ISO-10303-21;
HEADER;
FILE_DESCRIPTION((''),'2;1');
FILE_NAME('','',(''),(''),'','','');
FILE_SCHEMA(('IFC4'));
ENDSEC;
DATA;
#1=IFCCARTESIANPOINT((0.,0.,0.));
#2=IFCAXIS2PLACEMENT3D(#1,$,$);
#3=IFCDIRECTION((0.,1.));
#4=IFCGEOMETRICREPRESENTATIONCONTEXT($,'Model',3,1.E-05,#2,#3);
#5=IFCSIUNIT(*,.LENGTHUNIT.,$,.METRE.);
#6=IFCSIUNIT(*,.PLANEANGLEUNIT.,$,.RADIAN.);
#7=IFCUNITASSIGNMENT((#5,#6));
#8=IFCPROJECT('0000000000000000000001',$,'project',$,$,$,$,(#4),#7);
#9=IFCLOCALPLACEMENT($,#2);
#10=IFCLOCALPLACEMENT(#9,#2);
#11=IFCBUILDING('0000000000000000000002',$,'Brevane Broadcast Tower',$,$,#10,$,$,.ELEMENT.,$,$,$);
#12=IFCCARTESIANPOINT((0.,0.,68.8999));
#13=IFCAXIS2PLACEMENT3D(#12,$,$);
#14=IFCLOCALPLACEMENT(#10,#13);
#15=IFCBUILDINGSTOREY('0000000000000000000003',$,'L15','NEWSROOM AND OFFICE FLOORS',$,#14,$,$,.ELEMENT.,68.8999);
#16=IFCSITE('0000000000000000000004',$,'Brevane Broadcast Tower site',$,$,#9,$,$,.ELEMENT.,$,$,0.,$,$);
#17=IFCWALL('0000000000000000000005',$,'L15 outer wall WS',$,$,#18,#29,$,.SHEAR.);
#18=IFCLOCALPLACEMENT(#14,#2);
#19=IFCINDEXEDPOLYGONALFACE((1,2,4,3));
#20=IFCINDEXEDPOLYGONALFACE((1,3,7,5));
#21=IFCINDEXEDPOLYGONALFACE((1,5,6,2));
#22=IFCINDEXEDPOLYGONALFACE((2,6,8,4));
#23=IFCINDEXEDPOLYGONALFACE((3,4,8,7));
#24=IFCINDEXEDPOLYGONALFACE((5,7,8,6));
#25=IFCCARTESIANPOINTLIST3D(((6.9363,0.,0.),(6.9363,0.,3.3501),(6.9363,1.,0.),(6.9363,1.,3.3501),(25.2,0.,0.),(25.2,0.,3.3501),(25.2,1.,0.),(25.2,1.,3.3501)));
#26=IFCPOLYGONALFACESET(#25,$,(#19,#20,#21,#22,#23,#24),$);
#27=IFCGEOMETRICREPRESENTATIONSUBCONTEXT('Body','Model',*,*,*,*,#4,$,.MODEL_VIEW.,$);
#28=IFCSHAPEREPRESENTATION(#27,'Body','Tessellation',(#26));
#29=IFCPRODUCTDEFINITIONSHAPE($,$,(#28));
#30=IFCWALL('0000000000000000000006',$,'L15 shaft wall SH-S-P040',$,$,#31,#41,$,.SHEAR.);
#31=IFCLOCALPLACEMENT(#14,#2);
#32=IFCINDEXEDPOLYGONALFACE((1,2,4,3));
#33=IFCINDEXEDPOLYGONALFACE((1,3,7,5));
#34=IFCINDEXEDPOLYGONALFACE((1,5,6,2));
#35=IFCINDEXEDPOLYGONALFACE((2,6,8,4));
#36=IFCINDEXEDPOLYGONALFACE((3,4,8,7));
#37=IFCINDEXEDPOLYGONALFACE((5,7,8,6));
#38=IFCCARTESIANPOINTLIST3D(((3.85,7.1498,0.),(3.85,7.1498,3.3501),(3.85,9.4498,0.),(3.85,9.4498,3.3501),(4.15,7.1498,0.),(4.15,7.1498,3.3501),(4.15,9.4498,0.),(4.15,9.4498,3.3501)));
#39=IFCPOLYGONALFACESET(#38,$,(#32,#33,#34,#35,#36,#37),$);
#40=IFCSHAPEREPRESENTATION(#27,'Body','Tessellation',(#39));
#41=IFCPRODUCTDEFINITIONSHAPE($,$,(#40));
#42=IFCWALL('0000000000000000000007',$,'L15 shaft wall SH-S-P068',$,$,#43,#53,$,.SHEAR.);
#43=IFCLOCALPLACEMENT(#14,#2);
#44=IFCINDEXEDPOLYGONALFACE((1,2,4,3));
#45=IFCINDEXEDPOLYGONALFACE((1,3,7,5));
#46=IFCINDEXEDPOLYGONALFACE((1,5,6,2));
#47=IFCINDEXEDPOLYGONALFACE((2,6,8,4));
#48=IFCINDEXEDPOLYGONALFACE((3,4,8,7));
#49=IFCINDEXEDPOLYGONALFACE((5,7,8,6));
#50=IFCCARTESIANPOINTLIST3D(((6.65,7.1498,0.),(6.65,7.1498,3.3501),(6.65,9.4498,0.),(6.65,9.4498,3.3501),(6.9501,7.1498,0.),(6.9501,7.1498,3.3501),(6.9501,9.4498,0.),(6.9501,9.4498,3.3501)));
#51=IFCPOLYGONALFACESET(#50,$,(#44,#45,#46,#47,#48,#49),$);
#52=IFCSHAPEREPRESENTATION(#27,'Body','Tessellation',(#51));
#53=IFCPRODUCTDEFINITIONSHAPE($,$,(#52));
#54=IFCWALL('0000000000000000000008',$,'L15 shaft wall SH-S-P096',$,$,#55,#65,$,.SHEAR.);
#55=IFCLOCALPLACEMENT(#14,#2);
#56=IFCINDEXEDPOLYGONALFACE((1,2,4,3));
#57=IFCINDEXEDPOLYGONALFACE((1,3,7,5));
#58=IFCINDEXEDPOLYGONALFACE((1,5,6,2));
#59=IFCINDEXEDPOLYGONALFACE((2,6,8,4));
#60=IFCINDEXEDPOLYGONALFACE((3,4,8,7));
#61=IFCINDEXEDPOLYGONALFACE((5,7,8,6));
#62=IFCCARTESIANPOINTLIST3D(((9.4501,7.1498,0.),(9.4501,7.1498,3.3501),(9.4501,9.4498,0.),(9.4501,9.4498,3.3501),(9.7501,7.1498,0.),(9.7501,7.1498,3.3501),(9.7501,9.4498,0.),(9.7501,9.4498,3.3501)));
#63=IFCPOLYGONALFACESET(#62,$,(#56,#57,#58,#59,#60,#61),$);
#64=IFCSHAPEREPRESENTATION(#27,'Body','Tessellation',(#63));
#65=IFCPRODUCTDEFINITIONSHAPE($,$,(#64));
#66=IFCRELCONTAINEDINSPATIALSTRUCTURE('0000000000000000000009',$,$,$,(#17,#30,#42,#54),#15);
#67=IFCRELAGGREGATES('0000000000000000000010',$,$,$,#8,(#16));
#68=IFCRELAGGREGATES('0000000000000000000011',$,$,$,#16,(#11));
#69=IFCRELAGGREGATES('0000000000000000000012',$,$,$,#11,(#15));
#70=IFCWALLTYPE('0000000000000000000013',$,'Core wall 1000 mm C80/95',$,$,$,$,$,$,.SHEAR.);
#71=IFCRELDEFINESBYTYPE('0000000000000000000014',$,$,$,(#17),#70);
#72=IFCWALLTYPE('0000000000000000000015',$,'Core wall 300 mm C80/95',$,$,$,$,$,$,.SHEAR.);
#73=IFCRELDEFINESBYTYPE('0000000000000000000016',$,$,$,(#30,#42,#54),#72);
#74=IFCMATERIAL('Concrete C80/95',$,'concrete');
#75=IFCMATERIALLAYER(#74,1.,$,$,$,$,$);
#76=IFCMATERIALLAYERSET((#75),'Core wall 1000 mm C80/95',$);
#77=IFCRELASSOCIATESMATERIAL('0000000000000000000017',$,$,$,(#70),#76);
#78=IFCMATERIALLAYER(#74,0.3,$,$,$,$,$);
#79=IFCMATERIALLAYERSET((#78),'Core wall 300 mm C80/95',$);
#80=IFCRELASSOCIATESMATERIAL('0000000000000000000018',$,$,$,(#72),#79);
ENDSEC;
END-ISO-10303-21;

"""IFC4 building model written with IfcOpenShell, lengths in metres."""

from ifc_helpers import new_model, si_unit, direction, frame, frame_2d, origin, place, context, subcontext, project, spatial, rectangle, extrude, material, layer, layer_set, type_object, element, save


model = new_model("IFC4")

# Units and contexts
model_context = context("Model", 3, precision=1e-05, world=origin(), true_north=direction((0.0, 1.0)))
body_context = subcontext(model_context, "Body", "Model", "MODEL_VIEW")
ifc_project = project(units=[si_unit("LENGTHUNIT", "METRE"), si_unit("PLANEANGLEUNIT", "RADIAN")], contexts=[model_context])

# Site, building, storey
site_placement = place(None, origin())
site = spatial("IfcSite", under=ifc_project, at=site_placement, Name="Brevane Broadcast Tower site", CompositionType="ELEMENT", RefElevation=0.0)
building_placement = place(site_placement, origin())
building = spatial("IfcBuilding", under=site, at=building_placement, Name="Brevane Broadcast Tower", CompositionType="ELEMENT")
storey_placement = place(building_placement, frame((0.0, 0.0, 68.8999)))
storey = spatial("IfcBuildingStorey", under=building, at=storey_placement, Name="L15", Description="NEWSROOM AND OFFICE FLOORS", CompositionType="ELEMENT", Elevation=68.8999)

# Walls
ifc_material_1 = material(Name="Concrete C80/95", Category="concrete")
ifc_layer_1 = layer(ifc_material_1, 1.0)
ifc_layer_set_1 = layer_set([ifc_layer_1], Name="Core wall 1000 mm C80/95")
wall_type_1 = type_object("IfcWallType", Name="Core wall 1000 mm C80/95", PredefinedType="SHEAR", material=ifc_layer_set_1)
wall_1_placement = place(storey_placement, frame((6.9363, 0.5, 0.0), z_axis=(0.0, 0.0, 1.0), x_axis=(1.0, 0.0, 0.0)))
element("IfcWall", 1, at=wall_1_placement, inside=storey, type_object=wall_type_1, Name="L15 outer wall WS", PredefinedType="SHEAR", context=body_context, shape_type="SweptSolid", body=[
    extrude(rectangle(XDim=18.2637, YDim=1.0, at=frame_2d((9.1318, 0.0))), origin(), (0.0, 0.0, 1.0), 3.3501),
])
ifc_layer_2 = layer(ifc_material_1, 0.3)
ifc_layer_set_2 = layer_set([ifc_layer_2], Name="Core wall 300 mm C80/95")
wall_type_2 = type_object("IfcWallType", Name="Core wall 300 mm C80/95", PredefinedType="SHEAR", material=ifc_layer_set_2)
for number, where, z_axis, x_axis, name in (
    (2, (4.0, 7.1499, 0.0), (0.0, 0.0, 1.0), (0.0, 1.0, 0.0), "L15 shaft wall SH-S-P040"),
    (3, (6.8, 7.1499, 0.0), (0.0, 0.0, 1.0), (0.0, 1.0, 0.0), "L15 shaft wall SH-S-P068"),
    (4, (9.6001, 7.1499, 0.0), (0.0, 0.0, 1.0), (0.0, 1.0, 0.0), "L15 shaft wall SH-S-P096"),
):
    element("IfcWall", number, at=place(storey_placement, frame(where, z_axis=z_axis, x_axis=x_axis)), inside=storey, type_object=wall_type_2, Name=name, PredefinedType="SHEAR", context=body_context, shape_type="SweptSolid", body=[
        extrude(rectangle(XDim=2.3, YDim=0.3, at=frame_2d((1.1499, 0.0))), origin(), (0.0, 0.0, 1.0), 3.3501),
    ])

save(model, "model.ifc")
